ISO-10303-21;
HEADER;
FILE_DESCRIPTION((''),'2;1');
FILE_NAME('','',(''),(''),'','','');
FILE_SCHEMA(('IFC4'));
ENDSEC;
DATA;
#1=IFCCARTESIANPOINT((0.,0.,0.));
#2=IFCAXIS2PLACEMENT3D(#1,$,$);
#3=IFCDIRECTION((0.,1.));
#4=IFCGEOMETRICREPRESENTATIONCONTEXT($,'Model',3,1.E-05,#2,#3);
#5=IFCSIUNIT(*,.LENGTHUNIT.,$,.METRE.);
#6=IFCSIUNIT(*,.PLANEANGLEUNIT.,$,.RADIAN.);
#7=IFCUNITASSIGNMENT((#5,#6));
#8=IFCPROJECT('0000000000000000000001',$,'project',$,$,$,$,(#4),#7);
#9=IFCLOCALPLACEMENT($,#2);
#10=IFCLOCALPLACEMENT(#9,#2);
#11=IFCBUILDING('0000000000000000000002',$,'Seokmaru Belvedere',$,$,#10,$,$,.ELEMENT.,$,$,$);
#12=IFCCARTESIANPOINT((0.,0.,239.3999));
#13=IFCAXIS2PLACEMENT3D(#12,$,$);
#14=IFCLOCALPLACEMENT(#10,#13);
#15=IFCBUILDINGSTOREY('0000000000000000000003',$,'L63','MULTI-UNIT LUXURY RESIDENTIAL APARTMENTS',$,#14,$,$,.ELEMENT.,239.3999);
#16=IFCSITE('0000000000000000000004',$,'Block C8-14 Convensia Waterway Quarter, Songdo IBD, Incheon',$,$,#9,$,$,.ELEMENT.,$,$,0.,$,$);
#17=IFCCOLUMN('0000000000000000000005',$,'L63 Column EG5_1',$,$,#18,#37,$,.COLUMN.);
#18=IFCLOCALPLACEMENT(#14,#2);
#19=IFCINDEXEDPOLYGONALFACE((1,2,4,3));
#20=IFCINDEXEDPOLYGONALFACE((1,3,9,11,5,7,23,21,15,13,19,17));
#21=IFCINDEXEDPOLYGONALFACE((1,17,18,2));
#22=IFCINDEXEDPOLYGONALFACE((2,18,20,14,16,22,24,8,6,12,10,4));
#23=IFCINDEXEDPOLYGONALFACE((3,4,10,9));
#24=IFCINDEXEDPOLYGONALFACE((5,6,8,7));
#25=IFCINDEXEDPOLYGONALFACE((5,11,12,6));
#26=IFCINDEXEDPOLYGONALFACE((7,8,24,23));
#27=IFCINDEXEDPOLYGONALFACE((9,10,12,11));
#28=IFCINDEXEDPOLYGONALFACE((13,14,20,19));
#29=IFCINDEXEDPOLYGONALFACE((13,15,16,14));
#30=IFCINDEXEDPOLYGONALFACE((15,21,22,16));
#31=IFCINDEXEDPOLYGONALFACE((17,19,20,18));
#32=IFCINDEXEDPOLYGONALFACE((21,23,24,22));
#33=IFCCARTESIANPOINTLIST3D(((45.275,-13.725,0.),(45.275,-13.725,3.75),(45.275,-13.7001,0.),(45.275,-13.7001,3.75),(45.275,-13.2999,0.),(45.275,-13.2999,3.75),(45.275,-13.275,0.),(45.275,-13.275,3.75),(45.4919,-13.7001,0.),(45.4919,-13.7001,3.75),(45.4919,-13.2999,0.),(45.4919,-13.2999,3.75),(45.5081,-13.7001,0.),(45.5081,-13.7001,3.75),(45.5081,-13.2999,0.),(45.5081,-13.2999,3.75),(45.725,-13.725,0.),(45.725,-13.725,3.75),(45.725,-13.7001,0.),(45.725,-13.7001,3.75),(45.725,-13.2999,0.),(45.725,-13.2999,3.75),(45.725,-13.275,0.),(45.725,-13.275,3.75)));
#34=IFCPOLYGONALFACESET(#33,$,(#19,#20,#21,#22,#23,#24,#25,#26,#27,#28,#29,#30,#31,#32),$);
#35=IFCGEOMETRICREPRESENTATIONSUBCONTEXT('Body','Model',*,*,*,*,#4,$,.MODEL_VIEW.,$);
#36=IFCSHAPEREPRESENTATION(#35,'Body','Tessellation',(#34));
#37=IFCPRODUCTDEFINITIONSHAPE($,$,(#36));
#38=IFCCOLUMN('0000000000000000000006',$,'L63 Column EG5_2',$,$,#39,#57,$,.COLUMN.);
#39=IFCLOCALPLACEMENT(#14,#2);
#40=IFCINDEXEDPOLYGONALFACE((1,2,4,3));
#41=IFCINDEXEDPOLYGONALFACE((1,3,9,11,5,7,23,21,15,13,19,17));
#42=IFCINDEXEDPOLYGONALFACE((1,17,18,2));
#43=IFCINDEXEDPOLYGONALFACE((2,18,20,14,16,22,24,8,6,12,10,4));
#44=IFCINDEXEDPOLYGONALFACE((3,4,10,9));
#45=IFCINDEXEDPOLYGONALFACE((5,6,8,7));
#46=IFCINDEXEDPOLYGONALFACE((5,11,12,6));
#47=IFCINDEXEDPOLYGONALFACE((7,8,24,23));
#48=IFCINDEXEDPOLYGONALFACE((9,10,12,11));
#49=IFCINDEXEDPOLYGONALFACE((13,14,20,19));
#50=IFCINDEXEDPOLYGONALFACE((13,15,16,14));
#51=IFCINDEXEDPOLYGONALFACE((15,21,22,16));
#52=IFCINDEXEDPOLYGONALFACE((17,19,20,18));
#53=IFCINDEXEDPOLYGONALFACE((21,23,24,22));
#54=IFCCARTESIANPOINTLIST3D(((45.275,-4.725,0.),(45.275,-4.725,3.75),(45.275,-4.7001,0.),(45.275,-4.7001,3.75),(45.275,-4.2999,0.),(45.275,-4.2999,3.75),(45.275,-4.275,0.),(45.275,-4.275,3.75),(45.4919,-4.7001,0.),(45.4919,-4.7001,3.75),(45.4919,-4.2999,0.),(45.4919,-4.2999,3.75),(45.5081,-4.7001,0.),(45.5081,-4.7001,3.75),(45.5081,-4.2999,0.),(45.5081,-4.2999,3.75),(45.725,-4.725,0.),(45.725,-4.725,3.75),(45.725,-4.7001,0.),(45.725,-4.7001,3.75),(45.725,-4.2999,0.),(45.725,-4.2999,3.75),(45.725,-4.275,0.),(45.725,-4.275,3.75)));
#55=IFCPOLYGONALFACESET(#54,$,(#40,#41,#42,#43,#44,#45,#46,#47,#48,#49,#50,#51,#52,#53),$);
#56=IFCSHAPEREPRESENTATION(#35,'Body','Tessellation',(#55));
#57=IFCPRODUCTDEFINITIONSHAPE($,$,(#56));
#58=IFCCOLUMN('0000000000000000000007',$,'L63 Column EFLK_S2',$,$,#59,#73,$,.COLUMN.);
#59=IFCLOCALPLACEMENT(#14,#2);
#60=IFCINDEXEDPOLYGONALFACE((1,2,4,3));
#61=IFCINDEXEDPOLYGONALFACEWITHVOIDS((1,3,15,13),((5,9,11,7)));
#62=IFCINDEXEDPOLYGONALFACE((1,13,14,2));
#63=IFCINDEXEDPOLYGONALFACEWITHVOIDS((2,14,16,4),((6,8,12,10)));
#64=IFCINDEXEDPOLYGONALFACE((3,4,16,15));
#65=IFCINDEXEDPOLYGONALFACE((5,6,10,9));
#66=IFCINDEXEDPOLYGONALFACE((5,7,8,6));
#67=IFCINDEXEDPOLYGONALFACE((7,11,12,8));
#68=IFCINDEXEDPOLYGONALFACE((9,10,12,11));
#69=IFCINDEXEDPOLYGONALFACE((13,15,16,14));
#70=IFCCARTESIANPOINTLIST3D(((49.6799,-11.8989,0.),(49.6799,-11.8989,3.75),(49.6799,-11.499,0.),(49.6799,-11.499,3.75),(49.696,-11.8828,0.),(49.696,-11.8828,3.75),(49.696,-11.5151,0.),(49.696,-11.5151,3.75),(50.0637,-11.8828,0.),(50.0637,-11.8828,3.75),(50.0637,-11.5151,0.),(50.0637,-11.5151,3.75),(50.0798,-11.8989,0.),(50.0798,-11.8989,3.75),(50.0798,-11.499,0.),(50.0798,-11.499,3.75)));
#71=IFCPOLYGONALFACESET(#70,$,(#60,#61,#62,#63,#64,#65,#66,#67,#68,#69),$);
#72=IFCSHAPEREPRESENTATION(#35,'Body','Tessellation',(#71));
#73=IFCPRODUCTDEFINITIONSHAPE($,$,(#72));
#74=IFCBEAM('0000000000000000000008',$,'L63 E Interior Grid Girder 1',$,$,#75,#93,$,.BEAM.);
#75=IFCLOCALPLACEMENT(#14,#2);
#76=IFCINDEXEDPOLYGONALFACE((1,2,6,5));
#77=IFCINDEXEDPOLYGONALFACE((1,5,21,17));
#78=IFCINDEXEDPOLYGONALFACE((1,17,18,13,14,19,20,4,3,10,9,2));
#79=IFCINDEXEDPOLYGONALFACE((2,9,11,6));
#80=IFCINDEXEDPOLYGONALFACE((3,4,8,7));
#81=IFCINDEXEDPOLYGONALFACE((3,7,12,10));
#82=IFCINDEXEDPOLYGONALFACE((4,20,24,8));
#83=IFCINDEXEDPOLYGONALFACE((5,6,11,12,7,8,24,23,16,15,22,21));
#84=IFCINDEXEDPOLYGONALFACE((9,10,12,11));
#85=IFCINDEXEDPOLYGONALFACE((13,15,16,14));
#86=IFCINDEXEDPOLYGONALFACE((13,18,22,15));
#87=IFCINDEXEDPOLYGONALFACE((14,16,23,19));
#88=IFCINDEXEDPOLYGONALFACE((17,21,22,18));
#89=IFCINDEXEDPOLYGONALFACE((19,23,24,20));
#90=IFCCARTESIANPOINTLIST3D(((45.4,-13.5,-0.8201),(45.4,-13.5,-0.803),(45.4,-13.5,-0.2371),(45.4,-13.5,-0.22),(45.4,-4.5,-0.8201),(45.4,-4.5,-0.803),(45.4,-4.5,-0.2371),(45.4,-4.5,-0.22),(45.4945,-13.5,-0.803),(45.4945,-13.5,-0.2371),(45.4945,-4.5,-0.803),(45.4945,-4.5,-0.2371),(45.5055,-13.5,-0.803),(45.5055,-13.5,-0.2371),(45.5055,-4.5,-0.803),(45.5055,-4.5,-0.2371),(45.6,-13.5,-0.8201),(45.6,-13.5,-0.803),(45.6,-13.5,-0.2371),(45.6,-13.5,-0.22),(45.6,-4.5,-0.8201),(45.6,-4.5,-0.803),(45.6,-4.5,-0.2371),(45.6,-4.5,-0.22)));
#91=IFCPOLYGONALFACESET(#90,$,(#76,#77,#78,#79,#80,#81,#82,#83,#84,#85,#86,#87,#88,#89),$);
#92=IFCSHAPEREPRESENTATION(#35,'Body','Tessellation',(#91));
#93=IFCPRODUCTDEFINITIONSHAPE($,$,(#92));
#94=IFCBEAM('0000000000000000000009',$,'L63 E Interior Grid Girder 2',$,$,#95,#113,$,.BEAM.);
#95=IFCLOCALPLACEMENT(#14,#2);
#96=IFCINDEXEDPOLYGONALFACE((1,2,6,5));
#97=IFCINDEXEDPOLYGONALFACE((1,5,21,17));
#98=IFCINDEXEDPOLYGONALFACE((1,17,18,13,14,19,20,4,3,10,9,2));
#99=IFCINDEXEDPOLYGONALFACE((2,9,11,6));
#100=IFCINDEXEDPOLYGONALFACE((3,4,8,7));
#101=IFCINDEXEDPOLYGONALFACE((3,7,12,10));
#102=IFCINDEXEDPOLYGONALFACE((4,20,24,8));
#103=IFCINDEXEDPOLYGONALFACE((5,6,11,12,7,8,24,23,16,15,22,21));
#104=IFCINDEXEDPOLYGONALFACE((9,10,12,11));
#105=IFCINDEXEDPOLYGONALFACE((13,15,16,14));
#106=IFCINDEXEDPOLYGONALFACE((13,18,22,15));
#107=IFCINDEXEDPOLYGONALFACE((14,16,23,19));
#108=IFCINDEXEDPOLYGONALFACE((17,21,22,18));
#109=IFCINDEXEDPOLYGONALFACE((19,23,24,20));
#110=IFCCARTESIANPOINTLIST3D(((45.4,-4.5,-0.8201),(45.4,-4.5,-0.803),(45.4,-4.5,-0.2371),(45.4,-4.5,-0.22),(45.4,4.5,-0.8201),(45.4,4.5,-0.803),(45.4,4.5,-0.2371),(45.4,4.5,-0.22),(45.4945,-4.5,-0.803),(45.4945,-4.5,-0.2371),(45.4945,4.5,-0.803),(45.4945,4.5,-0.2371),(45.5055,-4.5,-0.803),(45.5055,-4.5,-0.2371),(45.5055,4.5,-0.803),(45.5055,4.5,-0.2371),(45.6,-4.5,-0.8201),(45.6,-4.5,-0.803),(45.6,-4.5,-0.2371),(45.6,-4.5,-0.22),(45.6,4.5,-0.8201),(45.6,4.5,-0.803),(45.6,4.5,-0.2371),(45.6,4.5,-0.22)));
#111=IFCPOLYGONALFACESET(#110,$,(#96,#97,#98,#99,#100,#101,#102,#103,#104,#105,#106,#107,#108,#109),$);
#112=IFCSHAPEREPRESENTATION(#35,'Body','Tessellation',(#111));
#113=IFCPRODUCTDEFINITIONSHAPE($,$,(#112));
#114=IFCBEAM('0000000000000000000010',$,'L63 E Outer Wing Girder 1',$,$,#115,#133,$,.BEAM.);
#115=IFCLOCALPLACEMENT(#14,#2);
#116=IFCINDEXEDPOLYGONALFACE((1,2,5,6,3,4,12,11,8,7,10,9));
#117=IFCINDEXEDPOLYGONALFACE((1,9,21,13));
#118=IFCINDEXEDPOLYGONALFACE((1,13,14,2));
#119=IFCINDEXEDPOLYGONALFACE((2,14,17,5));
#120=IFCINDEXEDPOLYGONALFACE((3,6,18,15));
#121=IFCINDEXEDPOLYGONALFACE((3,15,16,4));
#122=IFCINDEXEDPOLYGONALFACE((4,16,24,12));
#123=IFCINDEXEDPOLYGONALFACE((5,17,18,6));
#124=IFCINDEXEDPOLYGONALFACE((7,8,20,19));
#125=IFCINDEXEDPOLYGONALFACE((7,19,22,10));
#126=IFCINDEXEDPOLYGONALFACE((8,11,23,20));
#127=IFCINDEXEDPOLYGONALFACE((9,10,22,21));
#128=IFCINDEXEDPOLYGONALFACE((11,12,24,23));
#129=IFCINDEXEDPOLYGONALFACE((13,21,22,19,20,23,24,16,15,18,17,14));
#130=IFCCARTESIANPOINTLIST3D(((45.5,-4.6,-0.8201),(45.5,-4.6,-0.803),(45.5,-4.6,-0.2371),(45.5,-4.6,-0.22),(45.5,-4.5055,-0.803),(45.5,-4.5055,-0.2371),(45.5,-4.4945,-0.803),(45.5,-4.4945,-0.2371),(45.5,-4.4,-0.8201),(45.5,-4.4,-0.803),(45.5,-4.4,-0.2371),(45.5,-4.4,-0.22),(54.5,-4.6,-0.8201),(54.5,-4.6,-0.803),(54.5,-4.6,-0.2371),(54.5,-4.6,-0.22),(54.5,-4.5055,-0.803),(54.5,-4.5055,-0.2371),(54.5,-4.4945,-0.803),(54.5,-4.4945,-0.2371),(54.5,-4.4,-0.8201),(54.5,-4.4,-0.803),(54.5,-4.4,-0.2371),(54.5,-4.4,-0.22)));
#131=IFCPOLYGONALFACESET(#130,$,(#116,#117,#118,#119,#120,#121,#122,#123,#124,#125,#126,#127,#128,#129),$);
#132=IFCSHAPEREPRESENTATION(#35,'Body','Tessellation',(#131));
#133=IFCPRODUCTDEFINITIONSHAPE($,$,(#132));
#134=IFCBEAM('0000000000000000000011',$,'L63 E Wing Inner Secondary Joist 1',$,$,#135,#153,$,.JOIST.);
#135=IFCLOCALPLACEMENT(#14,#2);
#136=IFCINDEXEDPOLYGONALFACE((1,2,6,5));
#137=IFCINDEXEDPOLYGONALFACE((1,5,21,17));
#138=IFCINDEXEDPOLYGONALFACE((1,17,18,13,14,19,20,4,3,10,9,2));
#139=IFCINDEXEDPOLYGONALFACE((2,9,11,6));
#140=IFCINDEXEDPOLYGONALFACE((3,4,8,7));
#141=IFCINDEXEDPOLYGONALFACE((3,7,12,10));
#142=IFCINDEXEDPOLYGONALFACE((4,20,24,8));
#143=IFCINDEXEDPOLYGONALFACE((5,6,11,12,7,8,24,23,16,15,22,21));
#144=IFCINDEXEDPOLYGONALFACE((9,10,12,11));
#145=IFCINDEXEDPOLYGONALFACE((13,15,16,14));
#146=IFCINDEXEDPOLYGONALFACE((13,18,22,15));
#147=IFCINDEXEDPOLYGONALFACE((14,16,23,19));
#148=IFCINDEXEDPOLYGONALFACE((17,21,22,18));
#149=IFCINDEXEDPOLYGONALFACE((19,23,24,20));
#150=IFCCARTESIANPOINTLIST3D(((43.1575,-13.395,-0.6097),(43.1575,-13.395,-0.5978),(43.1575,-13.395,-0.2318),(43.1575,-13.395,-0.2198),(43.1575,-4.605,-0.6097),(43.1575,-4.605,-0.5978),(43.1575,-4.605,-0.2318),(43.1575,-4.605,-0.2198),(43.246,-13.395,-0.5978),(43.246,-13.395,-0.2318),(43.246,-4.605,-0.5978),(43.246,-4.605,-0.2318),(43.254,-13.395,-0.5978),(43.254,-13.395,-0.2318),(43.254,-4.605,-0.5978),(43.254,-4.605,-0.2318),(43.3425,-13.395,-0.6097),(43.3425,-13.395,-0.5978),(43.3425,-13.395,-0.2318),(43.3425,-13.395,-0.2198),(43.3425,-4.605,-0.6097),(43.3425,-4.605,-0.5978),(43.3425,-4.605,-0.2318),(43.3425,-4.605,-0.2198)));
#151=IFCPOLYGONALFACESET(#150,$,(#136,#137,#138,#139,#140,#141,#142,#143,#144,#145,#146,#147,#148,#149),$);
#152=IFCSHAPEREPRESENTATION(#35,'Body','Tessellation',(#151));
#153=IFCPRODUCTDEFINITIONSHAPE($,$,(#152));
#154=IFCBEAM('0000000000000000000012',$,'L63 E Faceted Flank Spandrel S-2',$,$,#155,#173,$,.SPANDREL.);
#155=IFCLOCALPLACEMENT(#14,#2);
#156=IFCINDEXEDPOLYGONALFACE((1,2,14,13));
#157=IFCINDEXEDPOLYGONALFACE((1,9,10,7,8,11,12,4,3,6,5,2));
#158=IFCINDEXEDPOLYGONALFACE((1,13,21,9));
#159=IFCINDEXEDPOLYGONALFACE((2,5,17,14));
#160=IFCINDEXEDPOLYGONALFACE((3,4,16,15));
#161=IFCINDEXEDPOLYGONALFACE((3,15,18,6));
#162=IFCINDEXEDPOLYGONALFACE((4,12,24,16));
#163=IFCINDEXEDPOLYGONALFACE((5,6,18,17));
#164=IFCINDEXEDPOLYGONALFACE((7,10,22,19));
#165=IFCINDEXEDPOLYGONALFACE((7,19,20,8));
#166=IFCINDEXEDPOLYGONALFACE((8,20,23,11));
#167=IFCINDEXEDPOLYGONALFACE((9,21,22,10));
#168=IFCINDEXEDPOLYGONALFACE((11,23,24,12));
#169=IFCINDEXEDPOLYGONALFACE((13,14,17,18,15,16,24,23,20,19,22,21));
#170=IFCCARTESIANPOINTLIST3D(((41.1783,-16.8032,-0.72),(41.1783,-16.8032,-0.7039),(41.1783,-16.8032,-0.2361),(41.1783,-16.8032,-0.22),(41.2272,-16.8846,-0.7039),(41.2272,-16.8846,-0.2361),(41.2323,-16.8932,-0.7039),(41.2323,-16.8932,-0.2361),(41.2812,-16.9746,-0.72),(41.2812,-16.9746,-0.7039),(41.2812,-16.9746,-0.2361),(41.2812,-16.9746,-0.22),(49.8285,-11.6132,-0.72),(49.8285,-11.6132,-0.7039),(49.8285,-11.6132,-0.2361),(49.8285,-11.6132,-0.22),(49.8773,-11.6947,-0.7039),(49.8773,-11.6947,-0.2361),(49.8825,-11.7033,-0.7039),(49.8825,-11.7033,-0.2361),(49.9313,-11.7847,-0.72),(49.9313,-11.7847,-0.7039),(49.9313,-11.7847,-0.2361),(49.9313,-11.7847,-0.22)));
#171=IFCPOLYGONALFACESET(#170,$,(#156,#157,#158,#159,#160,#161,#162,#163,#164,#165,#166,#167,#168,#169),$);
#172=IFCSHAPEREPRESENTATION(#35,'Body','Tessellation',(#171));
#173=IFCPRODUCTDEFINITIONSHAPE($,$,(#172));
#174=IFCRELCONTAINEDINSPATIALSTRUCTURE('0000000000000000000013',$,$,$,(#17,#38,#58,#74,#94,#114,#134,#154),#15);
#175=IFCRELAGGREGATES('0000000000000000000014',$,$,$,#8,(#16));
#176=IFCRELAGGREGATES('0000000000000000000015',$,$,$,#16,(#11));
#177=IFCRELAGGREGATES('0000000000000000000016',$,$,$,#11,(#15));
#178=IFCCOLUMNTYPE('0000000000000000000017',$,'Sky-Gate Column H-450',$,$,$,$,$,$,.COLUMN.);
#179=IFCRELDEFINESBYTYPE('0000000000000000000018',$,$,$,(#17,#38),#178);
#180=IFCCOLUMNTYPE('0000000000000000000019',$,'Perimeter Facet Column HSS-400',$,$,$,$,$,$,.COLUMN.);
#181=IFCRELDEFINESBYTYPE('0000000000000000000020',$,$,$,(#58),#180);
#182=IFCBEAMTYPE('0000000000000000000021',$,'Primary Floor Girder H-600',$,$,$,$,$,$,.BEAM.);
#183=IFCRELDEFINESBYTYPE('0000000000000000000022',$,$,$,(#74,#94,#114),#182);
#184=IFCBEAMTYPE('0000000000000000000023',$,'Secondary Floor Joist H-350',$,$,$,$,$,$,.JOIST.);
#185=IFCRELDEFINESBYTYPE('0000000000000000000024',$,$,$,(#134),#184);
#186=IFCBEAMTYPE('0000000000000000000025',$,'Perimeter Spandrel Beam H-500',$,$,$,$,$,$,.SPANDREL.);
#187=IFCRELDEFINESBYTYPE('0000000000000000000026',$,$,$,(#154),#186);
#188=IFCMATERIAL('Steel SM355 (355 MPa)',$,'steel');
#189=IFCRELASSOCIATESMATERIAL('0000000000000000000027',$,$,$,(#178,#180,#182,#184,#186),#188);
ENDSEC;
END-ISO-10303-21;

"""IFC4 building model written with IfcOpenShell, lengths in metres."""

from ifc_helpers import new_model, si_unit, direction, frame, origin, origin_2d, place, context, subcontext, project, spatial, hollow_rectangle, i_section, extrude, source, transform, mapped, material, material_profile, profile_set, type_object, type_shapes, element, save


model = new_model("IFC4")

# Units and contexts
model_context = context("Model", 3, precision=1e-05, world=origin(), true_north=direction((0.0, 1.0)))
body_context = subcontext(model_context, "Body", "Model", "MODEL_VIEW")
ifc_project = project(units=[si_unit("LENGTHUNIT", "METRE"), si_unit("PLANEANGLEUNIT", "RADIAN")], contexts=[model_context])

# Site, building, storey
site_placement = place(None, origin())
site = spatial("IfcSite", under=ifc_project, at=site_placement, Name="Block C8-14 Convensia Waterway Quarter, Songdo IBD, Incheon", CompositionType="ELEMENT", RefElevation=0.0)
building_placement = place(site_placement, origin())
building = spatial("IfcBuilding", under=site, at=building_placement, Name="Seokmaru Belvedere", CompositionType="ELEMENT")
storey_placement = place(building_placement, frame((0.0, 0.0, 239.3999)))
storey = spatial("IfcBuildingStorey", under=building, at=storey_placement, Name="L63", Description="MULTI-UNIT LUXURY RESIDENTIAL APARTMENTS", CompositionType="ELEMENT", Elevation=239.3999)

# Columns
ifc_material_1 = material(Name="Steel SM355 (355 MPa)", Category="steel")
ifc_material_profile_1 = material_profile(ifc_material_1, i_section(OverallWidth=0.45, OverallDepth=0.45, WebThickness=0.0161, FlangeThickness=0.0249, at=origin_2d()), Name="H-450x450x16x25")
ifc_profile_set_1 = profile_set([ifc_material_profile_1], Name="Steel SM355 (355 MPa)")
column_type_1 = type_object("IfcColumnType", Name="Sky-Gate Column H-450", PredefinedType="COLUMN", material=ifc_profile_set_1)
shared_shape_1 = source(origin(), body_context, "Body", "SweptSolid", [
    extrude(i_section(OverallWidth=0.45, OverallDepth=0.45, WebThickness=0.0161, FlangeThickness=0.0249, at=origin_2d()), origin(), (0.0, 0.0, 1.0), 3.75),
])
type_shapes(column_type_1, [shared_shape_1])
for number, where, z_axis, x_axis, name in (
    (1, (45.5, -13.5, 0.0), (0.0, 0.0, 1.0), (1.0, 0.0, 0.0), "L63 Column EG5_1"),
    (2, (45.5, -4.5, 0.0), (0.0, 0.0, 1.0), (1.0, 0.0, 0.0), "L63 Column EG5_2"),
):
    element("IfcColumn", number, at=place(storey_placement, frame(where, z_axis=z_axis, x_axis=x_axis)), inside=storey, type_object=column_type_1, Name=name, PredefinedType="COLUMN", context=body_context, shape_type="MappedRepresentation", body=[
        mapped(shared_shape_1, transform((0.0, 0.0, 0.0), scale=1.0)),
    ])
ifc_material_profile_2 = material_profile(ifc_material_1, hollow_rectangle(XDim=0.3999, YDim=0.3999, WallThickness=0.0161, at=origin_2d()), Name="HSS-400x400x16")
ifc_profile_set_2 = profile_set([ifc_material_profile_2], Name="Steel SM355 (355 MPa)")
column_type_2 = type_object("IfcColumnType", Name="Perimeter Facet Column HSS-400", PredefinedType="COLUMN", material=ifc_profile_set_2)
shared_shape_2 = source(origin(), body_context, "Body", "SweptSolid", [
    extrude(hollow_rectangle(XDim=0.3999, YDim=0.3999, WallThickness=0.0161, at=origin_2d()), origin(), (0.0, 0.0, 1.0), 3.75),
])
type_shapes(column_type_2, [shared_shape_2])
column_placement = place(storey_placement, frame((49.8799, -11.699, 0.0), z_axis=(0.0, 0.0, 1.0), x_axis=(1.0, 0.0, 0.0)))
element("IfcColumn", 3, at=column_placement, inside=storey, type_object=column_type_2, Name="L63 Column EFLK_S2", PredefinedType="COLUMN", context=body_context, shape_type="MappedRepresentation", body=[
    mapped(shared_shape_2, transform((0.0, 0.0, 0.0), scale=1.0)),
])

# Beams
ifc_material_profile_3 = material_profile(ifc_material_1, i_section(OverallWidth=0.2, OverallDepth=0.6001, WebThickness=0.011, FlangeThickness=0.0171, at=origin_2d()), Name="H-600x200x11x17")
ifc_profile_set_3 = profile_set([ifc_material_profile_3], Name="Steel SM355 (355 MPa)")
beam_type_1 = type_object("IfcBeamType", Name="Primary Floor Girder H-600", PredefinedType="BEAM", material=ifc_profile_set_3)
shared_shape_3 = source(origin(), body_context, "Body", "SweptSolid", [
    extrude(i_section(OverallWidth=0.2, OverallDepth=0.6001, WebThickness=0.011, FlangeThickness=0.0171, at=origin_2d()), origin(), (0.0, 0.0, 1.0), 9.0),
])
for number, where, z_axis, x_axis, name in (
    (4, (45.5, -13.5, -0.52), (0.0, 1.0, 0.0), (-1.0, 0.0, 0.0), "L63 E Interior Grid Girder 1"),
    (5, (45.5, -4.5, -0.52), (0.0, 1.0, 0.0), (-1.0, 0.0, 0.0), "L63 E Interior Grid Girder 2"),
    (6, (45.5, -4.5, -0.52), (1.0, 0.0, 0.0), (0.0, 1.0, 0.0), "L63 E Outer Wing Girder 1"),
):
    element("IfcBeam", number, at=place(storey_placement, frame(where, z_axis=z_axis, x_axis=x_axis)), inside=storey, type_object=beam_type_1, Name=name, PredefinedType="BEAM", context=body_context, shape_type="MappedRepresentation", body=[
        mapped(shared_shape_3, transform((0.0, 0.0, 0.0), scale=1.0)),
    ])
ifc_material_profile_4 = material_profile(ifc_material_1, i_section(OverallWidth=0.1851, OverallDepth=0.3899, WebThickness=0.0081, FlangeThickness=0.012, at=origin_2d()), Name="H-390x185x8x12")
ifc_profile_set_4 = profile_set([ifc_material_profile_4], Name="Steel SM355 (355 MPa)")
beam_type_2 = type_object("IfcBeamType", Name="Secondary Floor Joist H-350", PredefinedType="JOIST", material=ifc_profile_set_4)
shared_shape_4 = source(origin(), body_context, "Body", "SweptSolid", [
    extrude(i_section(OverallWidth=0.1851, OverallDepth=0.3899, WebThickness=0.0081, FlangeThickness=0.012, at=origin_2d()), origin(), (0.0, 0.0, 1.0), 8.79),
])
type_shapes(beam_type_2, [shared_shape_4])
beam_1_placement = place(storey_placement, frame((43.25, -13.395, -0.4148), z_axis=(0.0, 1.0, 0.0), x_axis=(-1.0, 0.0, 0.0)))
element("IfcBeam", 7, at=beam_1_placement, inside=storey, type_object=beam_type_2, Name="L63 E Wing Inner Secondary Joist 1", PredefinedType="JOIST", context=body_context, shape_type="MappedRepresentation", body=[
    mapped(shared_shape_4, transform((0.0, 0.0, 0.0), scale=1.0)),
])
ifc_material_profile_5 = material_profile(ifc_material_1, i_section(OverallWidth=0.2, OverallDepth=0.5, WebThickness=0.01, FlangeThickness=0.0161, at=origin_2d()), Name="H-500x200x10x16")
ifc_profile_set_5 = profile_set([ifc_material_profile_5], Name="Steel SM355 (355 MPa)")
beam_type_3 = type_object("IfcBeamType", Name="Perimeter Spandrel Beam H-500", PredefinedType="SPANDREL", material=ifc_profile_set_5)
shared_shape_5 = source(origin(), body_context, "Body", "SweptSolid", [
    extrude(i_section(OverallWidth=0.2, OverallDepth=0.5, WebThickness=0.01, FlangeThickness=0.0161, at=origin_2d()), origin(), (0.0, 0.0, 1.0), 10.0876),
])
type_shapes(beam_type_3, [shared_shape_5])
for number, where, z_axis, x_axis, name in (
    (8, (41.2297, -16.8889, -0.47), (0.857499, 0.514485, 0.0), (-0.514485, 0.857499, 0.0), "L63 E Faceted Flank Spandrel S-2"),
):
    element("IfcBeam", number, at=place(storey_placement, frame(where, z_axis=z_axis, x_axis=x_axis)), inside=storey, type_object=beam_type_3, Name=name, PredefinedType="SPANDREL", context=body_context, shape_type="MappedRepresentation", body=[
        mapped(shared_shape_5, transform((0.0, 0.0, 0.0), scale=1.0)),
    ])

save(model, "model.ifc")
